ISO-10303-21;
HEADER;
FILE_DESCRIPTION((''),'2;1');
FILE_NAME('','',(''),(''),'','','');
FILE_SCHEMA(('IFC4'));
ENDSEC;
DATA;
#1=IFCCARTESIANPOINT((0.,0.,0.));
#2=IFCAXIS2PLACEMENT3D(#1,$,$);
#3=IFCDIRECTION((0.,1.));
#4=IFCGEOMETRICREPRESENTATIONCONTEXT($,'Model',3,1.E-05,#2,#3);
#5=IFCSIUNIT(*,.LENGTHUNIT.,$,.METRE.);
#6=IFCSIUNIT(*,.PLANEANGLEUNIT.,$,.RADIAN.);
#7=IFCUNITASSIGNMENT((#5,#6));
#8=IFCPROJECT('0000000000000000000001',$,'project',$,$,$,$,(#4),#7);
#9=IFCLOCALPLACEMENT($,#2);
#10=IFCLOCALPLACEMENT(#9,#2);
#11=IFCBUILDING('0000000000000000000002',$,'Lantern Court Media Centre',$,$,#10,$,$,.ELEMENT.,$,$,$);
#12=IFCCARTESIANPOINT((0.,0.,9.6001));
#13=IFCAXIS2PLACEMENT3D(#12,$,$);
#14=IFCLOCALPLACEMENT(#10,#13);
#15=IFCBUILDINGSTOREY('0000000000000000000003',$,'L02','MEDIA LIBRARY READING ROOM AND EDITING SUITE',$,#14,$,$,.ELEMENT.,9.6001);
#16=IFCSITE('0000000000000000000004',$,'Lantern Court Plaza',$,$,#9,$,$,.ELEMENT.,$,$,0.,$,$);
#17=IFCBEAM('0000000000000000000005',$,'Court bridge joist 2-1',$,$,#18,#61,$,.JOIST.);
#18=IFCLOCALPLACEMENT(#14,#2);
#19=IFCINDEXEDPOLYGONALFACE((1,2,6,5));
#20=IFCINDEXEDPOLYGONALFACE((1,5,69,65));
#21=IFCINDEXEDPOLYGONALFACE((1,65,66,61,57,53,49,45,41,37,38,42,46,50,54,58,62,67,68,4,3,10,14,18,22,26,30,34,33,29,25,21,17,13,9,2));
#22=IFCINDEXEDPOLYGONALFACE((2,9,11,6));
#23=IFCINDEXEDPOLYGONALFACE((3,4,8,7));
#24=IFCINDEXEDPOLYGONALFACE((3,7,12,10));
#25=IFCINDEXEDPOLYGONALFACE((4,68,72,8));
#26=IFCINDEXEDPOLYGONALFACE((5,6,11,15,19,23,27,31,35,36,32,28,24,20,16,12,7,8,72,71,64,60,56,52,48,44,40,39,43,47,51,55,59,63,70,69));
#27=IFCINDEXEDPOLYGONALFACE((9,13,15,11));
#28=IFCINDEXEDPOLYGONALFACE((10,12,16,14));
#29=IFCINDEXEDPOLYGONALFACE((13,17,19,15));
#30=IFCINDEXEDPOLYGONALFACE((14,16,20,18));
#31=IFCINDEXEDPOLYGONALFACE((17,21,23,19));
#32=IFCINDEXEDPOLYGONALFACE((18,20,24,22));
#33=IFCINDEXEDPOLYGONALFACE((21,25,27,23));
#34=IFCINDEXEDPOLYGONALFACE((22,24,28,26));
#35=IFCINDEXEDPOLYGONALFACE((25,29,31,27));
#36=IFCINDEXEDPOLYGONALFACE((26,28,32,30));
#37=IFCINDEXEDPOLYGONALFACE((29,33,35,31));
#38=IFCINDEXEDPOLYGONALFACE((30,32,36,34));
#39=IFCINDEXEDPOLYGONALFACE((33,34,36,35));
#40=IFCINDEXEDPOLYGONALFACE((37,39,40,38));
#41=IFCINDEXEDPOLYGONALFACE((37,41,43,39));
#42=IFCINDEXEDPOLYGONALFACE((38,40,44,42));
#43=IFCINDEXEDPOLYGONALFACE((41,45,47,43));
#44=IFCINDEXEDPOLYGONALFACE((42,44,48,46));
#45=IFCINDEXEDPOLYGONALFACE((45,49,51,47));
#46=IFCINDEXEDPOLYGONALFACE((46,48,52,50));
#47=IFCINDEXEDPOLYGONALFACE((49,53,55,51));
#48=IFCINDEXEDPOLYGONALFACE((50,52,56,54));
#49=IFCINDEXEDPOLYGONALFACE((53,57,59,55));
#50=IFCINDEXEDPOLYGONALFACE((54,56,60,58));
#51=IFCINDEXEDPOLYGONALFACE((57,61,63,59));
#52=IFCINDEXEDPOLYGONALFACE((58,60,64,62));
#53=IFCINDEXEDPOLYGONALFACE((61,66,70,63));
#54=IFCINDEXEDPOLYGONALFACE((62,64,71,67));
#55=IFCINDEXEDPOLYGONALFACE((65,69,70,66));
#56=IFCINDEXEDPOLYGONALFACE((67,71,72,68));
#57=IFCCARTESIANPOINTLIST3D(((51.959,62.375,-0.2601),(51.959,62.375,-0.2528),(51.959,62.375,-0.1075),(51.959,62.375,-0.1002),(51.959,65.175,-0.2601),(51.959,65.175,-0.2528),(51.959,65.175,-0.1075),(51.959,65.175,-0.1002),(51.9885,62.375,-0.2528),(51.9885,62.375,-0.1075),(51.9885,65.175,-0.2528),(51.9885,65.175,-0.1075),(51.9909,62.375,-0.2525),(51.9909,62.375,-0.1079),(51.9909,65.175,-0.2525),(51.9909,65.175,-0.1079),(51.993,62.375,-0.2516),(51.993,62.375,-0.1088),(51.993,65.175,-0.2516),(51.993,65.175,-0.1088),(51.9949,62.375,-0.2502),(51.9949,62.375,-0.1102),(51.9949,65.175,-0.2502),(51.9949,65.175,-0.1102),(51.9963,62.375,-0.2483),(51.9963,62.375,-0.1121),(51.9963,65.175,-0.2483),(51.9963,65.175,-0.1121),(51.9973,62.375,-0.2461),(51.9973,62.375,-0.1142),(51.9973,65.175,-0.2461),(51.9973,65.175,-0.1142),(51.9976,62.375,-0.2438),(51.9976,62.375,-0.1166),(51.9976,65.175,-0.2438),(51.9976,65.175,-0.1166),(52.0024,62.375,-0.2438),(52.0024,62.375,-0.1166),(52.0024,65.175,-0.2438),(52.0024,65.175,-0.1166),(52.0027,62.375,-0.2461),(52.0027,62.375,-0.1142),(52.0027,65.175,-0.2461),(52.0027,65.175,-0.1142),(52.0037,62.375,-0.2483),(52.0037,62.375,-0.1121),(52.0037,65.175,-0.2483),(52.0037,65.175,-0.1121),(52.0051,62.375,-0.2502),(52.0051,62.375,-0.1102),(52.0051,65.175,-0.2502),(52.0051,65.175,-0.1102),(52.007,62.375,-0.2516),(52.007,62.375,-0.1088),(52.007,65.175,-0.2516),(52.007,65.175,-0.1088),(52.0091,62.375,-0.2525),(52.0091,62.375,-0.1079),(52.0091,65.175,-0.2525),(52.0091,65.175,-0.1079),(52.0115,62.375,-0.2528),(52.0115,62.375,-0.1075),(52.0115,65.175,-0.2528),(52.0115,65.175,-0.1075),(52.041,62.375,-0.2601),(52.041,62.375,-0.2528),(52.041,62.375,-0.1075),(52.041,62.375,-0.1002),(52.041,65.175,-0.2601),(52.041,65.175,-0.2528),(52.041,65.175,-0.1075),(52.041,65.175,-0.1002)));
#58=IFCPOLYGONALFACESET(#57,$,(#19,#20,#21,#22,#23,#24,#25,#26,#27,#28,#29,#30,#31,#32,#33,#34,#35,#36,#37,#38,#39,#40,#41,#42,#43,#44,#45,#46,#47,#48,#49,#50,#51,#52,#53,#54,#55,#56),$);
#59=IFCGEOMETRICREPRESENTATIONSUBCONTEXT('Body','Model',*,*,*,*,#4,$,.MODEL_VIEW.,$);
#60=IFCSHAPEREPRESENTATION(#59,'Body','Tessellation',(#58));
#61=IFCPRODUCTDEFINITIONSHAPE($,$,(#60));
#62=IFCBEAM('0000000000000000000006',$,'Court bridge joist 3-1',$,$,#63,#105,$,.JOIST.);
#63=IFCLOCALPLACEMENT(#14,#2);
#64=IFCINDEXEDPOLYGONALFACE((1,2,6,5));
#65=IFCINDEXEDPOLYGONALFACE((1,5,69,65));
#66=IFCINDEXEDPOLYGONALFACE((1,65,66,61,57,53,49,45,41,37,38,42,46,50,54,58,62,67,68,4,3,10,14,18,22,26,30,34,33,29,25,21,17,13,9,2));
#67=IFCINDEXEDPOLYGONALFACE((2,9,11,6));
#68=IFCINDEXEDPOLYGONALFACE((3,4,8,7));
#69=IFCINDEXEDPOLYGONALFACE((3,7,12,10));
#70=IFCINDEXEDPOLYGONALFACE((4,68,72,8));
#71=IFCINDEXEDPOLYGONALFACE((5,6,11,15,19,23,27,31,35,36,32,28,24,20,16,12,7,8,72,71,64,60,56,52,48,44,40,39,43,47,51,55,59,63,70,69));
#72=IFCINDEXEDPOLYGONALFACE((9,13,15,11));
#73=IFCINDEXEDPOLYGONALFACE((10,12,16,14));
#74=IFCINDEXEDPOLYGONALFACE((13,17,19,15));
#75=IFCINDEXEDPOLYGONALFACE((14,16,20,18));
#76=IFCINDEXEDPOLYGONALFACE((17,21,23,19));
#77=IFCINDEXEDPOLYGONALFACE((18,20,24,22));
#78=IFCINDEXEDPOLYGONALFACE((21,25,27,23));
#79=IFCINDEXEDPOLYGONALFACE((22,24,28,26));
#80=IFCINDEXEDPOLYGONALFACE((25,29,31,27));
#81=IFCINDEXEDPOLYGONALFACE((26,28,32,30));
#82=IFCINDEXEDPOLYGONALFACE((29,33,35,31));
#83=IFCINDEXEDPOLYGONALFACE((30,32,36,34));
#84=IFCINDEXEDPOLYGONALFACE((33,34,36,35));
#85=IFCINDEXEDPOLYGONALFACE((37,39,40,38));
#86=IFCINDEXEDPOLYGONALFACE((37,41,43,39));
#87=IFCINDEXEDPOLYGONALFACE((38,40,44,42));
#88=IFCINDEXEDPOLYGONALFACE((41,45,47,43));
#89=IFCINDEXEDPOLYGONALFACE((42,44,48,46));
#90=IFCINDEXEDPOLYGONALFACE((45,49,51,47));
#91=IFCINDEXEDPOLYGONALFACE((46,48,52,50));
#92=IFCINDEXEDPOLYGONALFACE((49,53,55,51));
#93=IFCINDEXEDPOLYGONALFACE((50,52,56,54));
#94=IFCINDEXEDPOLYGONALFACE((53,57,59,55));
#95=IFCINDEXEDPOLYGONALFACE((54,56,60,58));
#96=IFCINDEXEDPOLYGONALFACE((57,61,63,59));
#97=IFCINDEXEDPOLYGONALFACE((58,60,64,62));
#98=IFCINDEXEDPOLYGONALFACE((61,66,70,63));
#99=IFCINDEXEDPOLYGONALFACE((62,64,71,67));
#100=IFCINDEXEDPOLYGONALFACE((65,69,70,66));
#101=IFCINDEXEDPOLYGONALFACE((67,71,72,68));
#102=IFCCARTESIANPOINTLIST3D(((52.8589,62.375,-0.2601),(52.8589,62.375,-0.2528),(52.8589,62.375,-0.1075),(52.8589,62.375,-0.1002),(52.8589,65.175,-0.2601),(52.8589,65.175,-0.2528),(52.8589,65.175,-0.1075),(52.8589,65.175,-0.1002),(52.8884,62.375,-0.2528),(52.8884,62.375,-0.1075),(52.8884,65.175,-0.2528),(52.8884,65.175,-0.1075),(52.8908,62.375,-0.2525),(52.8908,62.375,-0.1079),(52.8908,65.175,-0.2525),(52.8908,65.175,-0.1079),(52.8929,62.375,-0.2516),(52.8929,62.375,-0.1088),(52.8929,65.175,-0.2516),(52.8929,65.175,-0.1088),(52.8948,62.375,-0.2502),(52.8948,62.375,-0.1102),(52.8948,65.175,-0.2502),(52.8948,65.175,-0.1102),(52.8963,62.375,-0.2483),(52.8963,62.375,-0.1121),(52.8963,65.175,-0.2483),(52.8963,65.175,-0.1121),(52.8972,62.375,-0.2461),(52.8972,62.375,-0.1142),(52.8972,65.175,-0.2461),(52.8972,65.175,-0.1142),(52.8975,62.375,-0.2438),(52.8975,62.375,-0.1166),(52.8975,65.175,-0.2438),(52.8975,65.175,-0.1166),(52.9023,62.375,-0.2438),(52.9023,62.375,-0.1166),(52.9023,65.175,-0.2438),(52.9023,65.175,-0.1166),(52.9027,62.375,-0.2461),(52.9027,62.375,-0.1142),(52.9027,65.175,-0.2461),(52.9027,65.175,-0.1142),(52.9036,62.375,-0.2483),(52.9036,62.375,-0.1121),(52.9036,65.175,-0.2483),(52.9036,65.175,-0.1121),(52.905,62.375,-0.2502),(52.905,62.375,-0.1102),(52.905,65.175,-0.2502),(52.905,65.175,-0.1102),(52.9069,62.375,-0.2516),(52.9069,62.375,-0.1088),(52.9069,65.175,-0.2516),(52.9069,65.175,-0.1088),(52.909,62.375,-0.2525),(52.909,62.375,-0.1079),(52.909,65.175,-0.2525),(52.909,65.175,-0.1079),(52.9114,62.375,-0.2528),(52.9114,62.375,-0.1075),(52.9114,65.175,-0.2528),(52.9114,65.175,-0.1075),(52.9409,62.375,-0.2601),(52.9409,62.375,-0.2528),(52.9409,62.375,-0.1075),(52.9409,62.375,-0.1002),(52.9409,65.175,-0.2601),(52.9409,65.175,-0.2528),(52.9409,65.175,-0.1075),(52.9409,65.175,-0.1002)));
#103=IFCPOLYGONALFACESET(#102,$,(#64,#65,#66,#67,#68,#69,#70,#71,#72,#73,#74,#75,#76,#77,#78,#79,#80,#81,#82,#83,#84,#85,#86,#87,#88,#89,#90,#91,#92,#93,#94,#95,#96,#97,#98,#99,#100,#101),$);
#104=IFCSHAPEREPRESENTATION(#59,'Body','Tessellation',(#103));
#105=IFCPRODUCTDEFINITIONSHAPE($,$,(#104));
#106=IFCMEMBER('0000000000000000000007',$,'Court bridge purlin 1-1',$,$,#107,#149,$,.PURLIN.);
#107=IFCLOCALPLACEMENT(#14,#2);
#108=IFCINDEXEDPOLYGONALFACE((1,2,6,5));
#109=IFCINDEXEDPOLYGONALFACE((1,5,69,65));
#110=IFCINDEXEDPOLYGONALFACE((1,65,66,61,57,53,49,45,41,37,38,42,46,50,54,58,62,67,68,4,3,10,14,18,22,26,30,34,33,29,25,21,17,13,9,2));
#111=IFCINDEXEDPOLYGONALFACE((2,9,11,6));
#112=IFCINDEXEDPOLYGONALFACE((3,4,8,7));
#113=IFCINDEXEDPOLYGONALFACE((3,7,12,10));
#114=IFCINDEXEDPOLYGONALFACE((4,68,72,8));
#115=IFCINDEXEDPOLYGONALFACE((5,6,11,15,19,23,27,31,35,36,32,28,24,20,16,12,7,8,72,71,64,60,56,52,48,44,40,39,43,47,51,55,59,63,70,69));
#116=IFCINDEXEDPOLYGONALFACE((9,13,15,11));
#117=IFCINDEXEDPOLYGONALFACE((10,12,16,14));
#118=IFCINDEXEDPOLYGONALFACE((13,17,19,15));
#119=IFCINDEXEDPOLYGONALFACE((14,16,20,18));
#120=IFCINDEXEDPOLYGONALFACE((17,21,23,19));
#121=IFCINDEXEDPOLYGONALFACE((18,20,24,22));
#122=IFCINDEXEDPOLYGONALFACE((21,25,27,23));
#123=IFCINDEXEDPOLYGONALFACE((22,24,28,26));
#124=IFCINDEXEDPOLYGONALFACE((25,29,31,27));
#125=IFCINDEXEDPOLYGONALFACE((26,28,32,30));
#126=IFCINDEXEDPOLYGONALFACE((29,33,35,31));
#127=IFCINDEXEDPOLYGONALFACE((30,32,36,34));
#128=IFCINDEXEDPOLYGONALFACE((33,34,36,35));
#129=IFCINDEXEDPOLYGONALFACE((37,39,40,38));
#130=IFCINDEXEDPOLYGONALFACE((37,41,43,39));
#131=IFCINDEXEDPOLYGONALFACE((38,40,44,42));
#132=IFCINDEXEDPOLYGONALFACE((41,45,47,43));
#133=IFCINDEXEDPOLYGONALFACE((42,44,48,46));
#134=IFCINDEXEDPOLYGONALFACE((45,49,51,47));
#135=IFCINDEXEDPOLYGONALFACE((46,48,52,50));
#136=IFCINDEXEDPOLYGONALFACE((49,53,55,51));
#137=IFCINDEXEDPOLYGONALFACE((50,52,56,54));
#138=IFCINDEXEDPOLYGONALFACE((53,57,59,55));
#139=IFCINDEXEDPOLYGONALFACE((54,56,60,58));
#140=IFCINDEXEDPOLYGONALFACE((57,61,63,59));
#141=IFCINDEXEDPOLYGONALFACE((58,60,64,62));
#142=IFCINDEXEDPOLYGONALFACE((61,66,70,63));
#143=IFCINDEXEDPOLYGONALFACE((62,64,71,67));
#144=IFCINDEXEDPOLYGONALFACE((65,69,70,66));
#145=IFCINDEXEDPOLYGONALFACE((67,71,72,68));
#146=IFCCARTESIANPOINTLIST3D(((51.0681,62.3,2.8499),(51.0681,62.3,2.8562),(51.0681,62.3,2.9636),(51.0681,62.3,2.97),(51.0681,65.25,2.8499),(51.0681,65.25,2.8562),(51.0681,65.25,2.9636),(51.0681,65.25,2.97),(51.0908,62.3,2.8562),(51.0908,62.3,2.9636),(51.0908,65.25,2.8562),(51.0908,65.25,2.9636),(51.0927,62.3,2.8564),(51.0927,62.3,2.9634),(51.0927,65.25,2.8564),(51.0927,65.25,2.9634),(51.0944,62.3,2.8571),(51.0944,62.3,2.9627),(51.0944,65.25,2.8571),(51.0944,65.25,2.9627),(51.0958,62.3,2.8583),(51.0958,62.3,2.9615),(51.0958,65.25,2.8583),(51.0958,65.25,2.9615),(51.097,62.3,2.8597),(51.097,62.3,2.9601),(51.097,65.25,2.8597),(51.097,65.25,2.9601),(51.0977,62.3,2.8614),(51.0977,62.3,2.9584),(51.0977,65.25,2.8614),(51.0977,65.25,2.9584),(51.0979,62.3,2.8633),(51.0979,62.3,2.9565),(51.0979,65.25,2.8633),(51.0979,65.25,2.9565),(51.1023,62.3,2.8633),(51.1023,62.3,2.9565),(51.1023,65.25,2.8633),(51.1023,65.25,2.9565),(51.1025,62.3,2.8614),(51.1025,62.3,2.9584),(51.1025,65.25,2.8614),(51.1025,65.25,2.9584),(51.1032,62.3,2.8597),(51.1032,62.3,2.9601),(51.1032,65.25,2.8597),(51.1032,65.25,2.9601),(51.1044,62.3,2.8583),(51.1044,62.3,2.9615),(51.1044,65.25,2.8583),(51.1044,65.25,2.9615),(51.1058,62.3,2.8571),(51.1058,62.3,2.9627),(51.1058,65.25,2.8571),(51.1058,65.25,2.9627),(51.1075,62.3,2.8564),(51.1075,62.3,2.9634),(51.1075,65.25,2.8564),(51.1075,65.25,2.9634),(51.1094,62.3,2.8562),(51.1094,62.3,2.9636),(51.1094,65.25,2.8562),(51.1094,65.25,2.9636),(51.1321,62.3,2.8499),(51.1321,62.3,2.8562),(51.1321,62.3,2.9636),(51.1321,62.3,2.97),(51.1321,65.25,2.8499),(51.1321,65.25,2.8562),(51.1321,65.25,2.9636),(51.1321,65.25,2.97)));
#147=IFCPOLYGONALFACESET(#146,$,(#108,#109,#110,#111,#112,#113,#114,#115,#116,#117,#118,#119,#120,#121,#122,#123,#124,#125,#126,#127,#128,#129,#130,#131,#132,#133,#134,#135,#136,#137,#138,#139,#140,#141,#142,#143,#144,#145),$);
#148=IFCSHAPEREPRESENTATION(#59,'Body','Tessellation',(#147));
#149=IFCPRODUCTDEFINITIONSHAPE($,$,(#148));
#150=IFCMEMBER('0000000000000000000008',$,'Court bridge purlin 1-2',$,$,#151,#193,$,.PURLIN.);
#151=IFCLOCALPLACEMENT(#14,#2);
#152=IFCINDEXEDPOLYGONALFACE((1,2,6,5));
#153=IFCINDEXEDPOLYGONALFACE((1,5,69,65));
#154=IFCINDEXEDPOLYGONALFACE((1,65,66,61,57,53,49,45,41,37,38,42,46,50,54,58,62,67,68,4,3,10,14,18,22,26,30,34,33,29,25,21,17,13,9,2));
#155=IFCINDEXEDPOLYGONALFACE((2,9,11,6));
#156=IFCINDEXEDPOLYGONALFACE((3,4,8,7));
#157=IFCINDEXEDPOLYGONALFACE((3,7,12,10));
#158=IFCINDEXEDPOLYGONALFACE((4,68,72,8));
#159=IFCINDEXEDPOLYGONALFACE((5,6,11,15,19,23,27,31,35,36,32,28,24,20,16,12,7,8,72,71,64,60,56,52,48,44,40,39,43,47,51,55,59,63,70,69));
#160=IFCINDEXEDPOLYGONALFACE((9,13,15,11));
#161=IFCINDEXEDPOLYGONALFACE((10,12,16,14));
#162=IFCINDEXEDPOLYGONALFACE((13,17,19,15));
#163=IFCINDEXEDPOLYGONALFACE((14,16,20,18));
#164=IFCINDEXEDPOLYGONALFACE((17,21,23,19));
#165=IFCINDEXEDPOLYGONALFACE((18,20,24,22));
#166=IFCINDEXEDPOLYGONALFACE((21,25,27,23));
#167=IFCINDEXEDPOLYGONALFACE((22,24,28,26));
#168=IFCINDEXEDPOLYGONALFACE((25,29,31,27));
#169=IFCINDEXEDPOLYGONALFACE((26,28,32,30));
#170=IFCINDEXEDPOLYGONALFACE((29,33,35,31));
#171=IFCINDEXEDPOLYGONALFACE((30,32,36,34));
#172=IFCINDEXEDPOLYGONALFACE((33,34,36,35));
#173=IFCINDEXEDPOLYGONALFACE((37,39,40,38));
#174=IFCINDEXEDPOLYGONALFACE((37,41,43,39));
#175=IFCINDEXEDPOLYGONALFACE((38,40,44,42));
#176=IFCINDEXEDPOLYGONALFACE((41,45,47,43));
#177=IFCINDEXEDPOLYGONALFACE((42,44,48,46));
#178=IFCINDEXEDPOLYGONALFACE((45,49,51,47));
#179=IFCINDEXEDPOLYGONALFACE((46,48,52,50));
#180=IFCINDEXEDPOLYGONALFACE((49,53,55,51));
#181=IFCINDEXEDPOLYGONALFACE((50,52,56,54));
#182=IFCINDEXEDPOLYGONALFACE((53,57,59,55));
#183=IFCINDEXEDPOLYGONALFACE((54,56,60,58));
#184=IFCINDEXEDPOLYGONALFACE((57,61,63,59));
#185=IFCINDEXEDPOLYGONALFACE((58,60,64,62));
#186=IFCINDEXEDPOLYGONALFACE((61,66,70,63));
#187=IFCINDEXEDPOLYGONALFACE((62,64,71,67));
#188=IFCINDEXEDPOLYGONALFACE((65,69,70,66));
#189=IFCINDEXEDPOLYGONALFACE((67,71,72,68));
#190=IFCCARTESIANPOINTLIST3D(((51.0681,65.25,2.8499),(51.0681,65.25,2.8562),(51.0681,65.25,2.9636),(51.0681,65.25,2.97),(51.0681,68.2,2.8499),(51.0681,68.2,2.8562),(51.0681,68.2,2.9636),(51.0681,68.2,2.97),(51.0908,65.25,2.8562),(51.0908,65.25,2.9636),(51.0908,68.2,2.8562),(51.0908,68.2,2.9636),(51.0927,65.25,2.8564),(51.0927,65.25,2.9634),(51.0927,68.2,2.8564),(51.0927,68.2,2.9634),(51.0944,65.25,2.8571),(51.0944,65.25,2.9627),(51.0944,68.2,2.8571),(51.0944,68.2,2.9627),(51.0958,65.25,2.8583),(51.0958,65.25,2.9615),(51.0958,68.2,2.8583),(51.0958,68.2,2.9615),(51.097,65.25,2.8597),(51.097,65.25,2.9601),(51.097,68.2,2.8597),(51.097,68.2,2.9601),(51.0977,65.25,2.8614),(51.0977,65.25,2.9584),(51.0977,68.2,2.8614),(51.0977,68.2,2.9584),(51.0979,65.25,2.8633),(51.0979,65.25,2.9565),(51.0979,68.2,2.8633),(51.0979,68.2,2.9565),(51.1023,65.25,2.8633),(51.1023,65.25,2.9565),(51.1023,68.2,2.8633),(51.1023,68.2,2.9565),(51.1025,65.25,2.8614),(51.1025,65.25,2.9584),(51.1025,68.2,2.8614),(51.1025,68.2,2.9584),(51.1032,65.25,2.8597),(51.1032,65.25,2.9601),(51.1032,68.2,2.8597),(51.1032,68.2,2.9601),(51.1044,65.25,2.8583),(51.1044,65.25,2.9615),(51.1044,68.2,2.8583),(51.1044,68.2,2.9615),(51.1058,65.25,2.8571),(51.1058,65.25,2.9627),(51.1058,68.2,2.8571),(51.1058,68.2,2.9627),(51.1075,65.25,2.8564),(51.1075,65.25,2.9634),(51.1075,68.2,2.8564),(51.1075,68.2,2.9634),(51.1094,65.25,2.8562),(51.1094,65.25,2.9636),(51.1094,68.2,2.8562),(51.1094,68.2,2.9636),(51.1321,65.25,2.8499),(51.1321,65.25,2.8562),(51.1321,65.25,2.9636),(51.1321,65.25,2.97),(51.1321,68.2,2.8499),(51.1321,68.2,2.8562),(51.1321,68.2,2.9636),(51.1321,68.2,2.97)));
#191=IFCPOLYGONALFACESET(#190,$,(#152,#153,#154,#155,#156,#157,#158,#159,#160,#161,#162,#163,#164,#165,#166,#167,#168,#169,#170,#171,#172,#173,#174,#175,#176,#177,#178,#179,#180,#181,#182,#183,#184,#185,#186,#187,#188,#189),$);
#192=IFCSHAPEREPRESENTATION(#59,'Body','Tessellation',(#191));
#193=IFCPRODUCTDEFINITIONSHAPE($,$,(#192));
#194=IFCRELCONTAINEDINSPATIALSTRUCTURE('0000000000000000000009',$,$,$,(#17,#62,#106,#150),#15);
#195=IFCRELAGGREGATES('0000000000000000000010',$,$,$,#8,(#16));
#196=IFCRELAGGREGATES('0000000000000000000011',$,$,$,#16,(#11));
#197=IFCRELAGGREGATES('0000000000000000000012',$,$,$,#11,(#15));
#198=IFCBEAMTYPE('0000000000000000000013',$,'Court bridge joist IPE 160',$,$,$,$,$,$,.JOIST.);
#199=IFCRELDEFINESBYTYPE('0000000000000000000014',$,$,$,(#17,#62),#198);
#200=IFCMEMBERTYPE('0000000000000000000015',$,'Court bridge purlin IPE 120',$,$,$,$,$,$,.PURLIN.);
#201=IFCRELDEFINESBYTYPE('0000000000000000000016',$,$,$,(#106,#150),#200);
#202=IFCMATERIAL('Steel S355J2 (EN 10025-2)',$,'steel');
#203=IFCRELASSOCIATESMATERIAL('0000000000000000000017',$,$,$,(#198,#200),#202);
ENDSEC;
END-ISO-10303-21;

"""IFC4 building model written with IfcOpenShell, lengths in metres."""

from ifc_helpers import new_model, si_unit, direction, frame, origin, origin_2d, place, context, subcontext, project, spatial, i_section, extrude, material, material_profile, profile_set, type_object, element, save


model = new_model("IFC4")

# Units and contexts
model_context = context("Model", 3, precision=1e-05, world=origin(), true_north=direction((0.0, 1.0)))
body_context = subcontext(model_context, "Body", "Model", "MODEL_VIEW")
ifc_project = project(units=[si_unit("LENGTHUNIT", "METRE"), si_unit("PLANEANGLEUNIT", "RADIAN")], contexts=[model_context])

# Site, building, storey
site_placement = place(None, origin())
site = spatial("IfcSite", under=ifc_project, at=site_placement, Name="Lantern Court Plaza", CompositionType="ELEMENT", RefElevation=0.0)
building_placement = place(site_placement, origin())
building = spatial("IfcBuilding", under=site, at=building_placement, Name="Lantern Court Media Centre", CompositionType="ELEMENT")
storey_placement = place(building_placement, frame((0.0, 0.0, 9.6001)))
storey = spatial("IfcBuildingStorey", under=building, at=storey_placement, Name="L02", Description="MEDIA LIBRARY READING ROOM AND EDITING SUITE", CompositionType="ELEMENT", Elevation=9.6001)

# Shared definitions
ifc_material_1 = material(Name="Steel S355J2 (EN 10025-2)", Category="steel")

# Beams
ifc_material_profile_1 = material_profile(ifc_material_1, i_section(OverallWidth=0.082, OverallDepth=0.1599, WebThickness=0.0049, FlangeThickness=0.0073, FilletRadius=0.009, at=origin_2d()), Name="IPE 160")
ifc_profile_set_1 = profile_set([ifc_material_profile_1], Name="Steel S355J2 (EN 10025-2)")
beam_type_1 = type_object("IfcBeamType", Name="Court bridge joist IPE 160", PredefinedType="JOIST", material=ifc_profile_set_1)
for number, where, z_axis, x_axis, name in (
    (1, (52.0, 62.375, -0.1802), (0.0, 1.0, 0.0), (-1.0, 0.0, 0.0), "Court bridge joist 2-1"),
    (2, (52.8999, 62.375, -0.1802), (0.0, 1.0, 0.0), (-1.0, 0.0, 0.0), "Court bridge joist 3-1"),
):
    element("IfcBeam", number, at=place(storey_placement, frame(where, z_axis=z_axis, x_axis=x_axis)), inside=storey, type_object=beam_type_1, Name=name, PredefinedType="JOIST", context=body_context, shape_type="SweptSolid", body=[
        extrude(i_section(OverallWidth=0.082, OverallDepth=0.1599, WebThickness=0.0049, FlangeThickness=0.0073, FilletRadius=0.009, at=origin_2d()), origin(), (0.0, 0.0, 1.0), 2.8),
    ])

# Members
ifc_material_profile_2 = material_profile(ifc_material_1, i_section(OverallWidth=0.064, OverallDepth=0.1201, WebThickness=0.0044, FlangeThickness=0.0063, FilletRadius=0.0071, at=origin_2d()), Name="IPE 120")
ifc_profile_set_2 = profile_set([ifc_material_profile_2], Name="Steel S355J2 (EN 10025-2)")
member_type_1 = type_object("IfcMemberType", Name="Court bridge purlin IPE 120", PredefinedType="PURLIN", material=ifc_profile_set_2)
for number, where, z_axis, x_axis, name in (
    (3, (51.1001, 62.3, 2.9099), (0.0, 1.0, 0.0), (-1.0, 0.0, 0.0), "Court bridge purlin 1-1"),
    (4, (51.1001, 65.25, 2.9099), (0.0, 1.0, 0.0), (-1.0, 0.0, 0.0), "Court bridge purlin 1-2"),
):
    element("IfcMember", number, at=place(storey_placement, frame(where, z_axis=z_axis, x_axis=x_axis)), inside=storey, type_object=member_type_1, Name=name, PredefinedType="PURLIN", context=body_context, shape_type="SweptSolid", body=[
        extrude(i_section(OverallWidth=0.064, OverallDepth=0.1201, WebThickness=0.0044, FlangeThickness=0.0063, FilletRadius=0.0071, at=origin_2d()), origin(), (0.0, 0.0, 1.0), 2.95),
    ])

save(model, "model.ifc")
